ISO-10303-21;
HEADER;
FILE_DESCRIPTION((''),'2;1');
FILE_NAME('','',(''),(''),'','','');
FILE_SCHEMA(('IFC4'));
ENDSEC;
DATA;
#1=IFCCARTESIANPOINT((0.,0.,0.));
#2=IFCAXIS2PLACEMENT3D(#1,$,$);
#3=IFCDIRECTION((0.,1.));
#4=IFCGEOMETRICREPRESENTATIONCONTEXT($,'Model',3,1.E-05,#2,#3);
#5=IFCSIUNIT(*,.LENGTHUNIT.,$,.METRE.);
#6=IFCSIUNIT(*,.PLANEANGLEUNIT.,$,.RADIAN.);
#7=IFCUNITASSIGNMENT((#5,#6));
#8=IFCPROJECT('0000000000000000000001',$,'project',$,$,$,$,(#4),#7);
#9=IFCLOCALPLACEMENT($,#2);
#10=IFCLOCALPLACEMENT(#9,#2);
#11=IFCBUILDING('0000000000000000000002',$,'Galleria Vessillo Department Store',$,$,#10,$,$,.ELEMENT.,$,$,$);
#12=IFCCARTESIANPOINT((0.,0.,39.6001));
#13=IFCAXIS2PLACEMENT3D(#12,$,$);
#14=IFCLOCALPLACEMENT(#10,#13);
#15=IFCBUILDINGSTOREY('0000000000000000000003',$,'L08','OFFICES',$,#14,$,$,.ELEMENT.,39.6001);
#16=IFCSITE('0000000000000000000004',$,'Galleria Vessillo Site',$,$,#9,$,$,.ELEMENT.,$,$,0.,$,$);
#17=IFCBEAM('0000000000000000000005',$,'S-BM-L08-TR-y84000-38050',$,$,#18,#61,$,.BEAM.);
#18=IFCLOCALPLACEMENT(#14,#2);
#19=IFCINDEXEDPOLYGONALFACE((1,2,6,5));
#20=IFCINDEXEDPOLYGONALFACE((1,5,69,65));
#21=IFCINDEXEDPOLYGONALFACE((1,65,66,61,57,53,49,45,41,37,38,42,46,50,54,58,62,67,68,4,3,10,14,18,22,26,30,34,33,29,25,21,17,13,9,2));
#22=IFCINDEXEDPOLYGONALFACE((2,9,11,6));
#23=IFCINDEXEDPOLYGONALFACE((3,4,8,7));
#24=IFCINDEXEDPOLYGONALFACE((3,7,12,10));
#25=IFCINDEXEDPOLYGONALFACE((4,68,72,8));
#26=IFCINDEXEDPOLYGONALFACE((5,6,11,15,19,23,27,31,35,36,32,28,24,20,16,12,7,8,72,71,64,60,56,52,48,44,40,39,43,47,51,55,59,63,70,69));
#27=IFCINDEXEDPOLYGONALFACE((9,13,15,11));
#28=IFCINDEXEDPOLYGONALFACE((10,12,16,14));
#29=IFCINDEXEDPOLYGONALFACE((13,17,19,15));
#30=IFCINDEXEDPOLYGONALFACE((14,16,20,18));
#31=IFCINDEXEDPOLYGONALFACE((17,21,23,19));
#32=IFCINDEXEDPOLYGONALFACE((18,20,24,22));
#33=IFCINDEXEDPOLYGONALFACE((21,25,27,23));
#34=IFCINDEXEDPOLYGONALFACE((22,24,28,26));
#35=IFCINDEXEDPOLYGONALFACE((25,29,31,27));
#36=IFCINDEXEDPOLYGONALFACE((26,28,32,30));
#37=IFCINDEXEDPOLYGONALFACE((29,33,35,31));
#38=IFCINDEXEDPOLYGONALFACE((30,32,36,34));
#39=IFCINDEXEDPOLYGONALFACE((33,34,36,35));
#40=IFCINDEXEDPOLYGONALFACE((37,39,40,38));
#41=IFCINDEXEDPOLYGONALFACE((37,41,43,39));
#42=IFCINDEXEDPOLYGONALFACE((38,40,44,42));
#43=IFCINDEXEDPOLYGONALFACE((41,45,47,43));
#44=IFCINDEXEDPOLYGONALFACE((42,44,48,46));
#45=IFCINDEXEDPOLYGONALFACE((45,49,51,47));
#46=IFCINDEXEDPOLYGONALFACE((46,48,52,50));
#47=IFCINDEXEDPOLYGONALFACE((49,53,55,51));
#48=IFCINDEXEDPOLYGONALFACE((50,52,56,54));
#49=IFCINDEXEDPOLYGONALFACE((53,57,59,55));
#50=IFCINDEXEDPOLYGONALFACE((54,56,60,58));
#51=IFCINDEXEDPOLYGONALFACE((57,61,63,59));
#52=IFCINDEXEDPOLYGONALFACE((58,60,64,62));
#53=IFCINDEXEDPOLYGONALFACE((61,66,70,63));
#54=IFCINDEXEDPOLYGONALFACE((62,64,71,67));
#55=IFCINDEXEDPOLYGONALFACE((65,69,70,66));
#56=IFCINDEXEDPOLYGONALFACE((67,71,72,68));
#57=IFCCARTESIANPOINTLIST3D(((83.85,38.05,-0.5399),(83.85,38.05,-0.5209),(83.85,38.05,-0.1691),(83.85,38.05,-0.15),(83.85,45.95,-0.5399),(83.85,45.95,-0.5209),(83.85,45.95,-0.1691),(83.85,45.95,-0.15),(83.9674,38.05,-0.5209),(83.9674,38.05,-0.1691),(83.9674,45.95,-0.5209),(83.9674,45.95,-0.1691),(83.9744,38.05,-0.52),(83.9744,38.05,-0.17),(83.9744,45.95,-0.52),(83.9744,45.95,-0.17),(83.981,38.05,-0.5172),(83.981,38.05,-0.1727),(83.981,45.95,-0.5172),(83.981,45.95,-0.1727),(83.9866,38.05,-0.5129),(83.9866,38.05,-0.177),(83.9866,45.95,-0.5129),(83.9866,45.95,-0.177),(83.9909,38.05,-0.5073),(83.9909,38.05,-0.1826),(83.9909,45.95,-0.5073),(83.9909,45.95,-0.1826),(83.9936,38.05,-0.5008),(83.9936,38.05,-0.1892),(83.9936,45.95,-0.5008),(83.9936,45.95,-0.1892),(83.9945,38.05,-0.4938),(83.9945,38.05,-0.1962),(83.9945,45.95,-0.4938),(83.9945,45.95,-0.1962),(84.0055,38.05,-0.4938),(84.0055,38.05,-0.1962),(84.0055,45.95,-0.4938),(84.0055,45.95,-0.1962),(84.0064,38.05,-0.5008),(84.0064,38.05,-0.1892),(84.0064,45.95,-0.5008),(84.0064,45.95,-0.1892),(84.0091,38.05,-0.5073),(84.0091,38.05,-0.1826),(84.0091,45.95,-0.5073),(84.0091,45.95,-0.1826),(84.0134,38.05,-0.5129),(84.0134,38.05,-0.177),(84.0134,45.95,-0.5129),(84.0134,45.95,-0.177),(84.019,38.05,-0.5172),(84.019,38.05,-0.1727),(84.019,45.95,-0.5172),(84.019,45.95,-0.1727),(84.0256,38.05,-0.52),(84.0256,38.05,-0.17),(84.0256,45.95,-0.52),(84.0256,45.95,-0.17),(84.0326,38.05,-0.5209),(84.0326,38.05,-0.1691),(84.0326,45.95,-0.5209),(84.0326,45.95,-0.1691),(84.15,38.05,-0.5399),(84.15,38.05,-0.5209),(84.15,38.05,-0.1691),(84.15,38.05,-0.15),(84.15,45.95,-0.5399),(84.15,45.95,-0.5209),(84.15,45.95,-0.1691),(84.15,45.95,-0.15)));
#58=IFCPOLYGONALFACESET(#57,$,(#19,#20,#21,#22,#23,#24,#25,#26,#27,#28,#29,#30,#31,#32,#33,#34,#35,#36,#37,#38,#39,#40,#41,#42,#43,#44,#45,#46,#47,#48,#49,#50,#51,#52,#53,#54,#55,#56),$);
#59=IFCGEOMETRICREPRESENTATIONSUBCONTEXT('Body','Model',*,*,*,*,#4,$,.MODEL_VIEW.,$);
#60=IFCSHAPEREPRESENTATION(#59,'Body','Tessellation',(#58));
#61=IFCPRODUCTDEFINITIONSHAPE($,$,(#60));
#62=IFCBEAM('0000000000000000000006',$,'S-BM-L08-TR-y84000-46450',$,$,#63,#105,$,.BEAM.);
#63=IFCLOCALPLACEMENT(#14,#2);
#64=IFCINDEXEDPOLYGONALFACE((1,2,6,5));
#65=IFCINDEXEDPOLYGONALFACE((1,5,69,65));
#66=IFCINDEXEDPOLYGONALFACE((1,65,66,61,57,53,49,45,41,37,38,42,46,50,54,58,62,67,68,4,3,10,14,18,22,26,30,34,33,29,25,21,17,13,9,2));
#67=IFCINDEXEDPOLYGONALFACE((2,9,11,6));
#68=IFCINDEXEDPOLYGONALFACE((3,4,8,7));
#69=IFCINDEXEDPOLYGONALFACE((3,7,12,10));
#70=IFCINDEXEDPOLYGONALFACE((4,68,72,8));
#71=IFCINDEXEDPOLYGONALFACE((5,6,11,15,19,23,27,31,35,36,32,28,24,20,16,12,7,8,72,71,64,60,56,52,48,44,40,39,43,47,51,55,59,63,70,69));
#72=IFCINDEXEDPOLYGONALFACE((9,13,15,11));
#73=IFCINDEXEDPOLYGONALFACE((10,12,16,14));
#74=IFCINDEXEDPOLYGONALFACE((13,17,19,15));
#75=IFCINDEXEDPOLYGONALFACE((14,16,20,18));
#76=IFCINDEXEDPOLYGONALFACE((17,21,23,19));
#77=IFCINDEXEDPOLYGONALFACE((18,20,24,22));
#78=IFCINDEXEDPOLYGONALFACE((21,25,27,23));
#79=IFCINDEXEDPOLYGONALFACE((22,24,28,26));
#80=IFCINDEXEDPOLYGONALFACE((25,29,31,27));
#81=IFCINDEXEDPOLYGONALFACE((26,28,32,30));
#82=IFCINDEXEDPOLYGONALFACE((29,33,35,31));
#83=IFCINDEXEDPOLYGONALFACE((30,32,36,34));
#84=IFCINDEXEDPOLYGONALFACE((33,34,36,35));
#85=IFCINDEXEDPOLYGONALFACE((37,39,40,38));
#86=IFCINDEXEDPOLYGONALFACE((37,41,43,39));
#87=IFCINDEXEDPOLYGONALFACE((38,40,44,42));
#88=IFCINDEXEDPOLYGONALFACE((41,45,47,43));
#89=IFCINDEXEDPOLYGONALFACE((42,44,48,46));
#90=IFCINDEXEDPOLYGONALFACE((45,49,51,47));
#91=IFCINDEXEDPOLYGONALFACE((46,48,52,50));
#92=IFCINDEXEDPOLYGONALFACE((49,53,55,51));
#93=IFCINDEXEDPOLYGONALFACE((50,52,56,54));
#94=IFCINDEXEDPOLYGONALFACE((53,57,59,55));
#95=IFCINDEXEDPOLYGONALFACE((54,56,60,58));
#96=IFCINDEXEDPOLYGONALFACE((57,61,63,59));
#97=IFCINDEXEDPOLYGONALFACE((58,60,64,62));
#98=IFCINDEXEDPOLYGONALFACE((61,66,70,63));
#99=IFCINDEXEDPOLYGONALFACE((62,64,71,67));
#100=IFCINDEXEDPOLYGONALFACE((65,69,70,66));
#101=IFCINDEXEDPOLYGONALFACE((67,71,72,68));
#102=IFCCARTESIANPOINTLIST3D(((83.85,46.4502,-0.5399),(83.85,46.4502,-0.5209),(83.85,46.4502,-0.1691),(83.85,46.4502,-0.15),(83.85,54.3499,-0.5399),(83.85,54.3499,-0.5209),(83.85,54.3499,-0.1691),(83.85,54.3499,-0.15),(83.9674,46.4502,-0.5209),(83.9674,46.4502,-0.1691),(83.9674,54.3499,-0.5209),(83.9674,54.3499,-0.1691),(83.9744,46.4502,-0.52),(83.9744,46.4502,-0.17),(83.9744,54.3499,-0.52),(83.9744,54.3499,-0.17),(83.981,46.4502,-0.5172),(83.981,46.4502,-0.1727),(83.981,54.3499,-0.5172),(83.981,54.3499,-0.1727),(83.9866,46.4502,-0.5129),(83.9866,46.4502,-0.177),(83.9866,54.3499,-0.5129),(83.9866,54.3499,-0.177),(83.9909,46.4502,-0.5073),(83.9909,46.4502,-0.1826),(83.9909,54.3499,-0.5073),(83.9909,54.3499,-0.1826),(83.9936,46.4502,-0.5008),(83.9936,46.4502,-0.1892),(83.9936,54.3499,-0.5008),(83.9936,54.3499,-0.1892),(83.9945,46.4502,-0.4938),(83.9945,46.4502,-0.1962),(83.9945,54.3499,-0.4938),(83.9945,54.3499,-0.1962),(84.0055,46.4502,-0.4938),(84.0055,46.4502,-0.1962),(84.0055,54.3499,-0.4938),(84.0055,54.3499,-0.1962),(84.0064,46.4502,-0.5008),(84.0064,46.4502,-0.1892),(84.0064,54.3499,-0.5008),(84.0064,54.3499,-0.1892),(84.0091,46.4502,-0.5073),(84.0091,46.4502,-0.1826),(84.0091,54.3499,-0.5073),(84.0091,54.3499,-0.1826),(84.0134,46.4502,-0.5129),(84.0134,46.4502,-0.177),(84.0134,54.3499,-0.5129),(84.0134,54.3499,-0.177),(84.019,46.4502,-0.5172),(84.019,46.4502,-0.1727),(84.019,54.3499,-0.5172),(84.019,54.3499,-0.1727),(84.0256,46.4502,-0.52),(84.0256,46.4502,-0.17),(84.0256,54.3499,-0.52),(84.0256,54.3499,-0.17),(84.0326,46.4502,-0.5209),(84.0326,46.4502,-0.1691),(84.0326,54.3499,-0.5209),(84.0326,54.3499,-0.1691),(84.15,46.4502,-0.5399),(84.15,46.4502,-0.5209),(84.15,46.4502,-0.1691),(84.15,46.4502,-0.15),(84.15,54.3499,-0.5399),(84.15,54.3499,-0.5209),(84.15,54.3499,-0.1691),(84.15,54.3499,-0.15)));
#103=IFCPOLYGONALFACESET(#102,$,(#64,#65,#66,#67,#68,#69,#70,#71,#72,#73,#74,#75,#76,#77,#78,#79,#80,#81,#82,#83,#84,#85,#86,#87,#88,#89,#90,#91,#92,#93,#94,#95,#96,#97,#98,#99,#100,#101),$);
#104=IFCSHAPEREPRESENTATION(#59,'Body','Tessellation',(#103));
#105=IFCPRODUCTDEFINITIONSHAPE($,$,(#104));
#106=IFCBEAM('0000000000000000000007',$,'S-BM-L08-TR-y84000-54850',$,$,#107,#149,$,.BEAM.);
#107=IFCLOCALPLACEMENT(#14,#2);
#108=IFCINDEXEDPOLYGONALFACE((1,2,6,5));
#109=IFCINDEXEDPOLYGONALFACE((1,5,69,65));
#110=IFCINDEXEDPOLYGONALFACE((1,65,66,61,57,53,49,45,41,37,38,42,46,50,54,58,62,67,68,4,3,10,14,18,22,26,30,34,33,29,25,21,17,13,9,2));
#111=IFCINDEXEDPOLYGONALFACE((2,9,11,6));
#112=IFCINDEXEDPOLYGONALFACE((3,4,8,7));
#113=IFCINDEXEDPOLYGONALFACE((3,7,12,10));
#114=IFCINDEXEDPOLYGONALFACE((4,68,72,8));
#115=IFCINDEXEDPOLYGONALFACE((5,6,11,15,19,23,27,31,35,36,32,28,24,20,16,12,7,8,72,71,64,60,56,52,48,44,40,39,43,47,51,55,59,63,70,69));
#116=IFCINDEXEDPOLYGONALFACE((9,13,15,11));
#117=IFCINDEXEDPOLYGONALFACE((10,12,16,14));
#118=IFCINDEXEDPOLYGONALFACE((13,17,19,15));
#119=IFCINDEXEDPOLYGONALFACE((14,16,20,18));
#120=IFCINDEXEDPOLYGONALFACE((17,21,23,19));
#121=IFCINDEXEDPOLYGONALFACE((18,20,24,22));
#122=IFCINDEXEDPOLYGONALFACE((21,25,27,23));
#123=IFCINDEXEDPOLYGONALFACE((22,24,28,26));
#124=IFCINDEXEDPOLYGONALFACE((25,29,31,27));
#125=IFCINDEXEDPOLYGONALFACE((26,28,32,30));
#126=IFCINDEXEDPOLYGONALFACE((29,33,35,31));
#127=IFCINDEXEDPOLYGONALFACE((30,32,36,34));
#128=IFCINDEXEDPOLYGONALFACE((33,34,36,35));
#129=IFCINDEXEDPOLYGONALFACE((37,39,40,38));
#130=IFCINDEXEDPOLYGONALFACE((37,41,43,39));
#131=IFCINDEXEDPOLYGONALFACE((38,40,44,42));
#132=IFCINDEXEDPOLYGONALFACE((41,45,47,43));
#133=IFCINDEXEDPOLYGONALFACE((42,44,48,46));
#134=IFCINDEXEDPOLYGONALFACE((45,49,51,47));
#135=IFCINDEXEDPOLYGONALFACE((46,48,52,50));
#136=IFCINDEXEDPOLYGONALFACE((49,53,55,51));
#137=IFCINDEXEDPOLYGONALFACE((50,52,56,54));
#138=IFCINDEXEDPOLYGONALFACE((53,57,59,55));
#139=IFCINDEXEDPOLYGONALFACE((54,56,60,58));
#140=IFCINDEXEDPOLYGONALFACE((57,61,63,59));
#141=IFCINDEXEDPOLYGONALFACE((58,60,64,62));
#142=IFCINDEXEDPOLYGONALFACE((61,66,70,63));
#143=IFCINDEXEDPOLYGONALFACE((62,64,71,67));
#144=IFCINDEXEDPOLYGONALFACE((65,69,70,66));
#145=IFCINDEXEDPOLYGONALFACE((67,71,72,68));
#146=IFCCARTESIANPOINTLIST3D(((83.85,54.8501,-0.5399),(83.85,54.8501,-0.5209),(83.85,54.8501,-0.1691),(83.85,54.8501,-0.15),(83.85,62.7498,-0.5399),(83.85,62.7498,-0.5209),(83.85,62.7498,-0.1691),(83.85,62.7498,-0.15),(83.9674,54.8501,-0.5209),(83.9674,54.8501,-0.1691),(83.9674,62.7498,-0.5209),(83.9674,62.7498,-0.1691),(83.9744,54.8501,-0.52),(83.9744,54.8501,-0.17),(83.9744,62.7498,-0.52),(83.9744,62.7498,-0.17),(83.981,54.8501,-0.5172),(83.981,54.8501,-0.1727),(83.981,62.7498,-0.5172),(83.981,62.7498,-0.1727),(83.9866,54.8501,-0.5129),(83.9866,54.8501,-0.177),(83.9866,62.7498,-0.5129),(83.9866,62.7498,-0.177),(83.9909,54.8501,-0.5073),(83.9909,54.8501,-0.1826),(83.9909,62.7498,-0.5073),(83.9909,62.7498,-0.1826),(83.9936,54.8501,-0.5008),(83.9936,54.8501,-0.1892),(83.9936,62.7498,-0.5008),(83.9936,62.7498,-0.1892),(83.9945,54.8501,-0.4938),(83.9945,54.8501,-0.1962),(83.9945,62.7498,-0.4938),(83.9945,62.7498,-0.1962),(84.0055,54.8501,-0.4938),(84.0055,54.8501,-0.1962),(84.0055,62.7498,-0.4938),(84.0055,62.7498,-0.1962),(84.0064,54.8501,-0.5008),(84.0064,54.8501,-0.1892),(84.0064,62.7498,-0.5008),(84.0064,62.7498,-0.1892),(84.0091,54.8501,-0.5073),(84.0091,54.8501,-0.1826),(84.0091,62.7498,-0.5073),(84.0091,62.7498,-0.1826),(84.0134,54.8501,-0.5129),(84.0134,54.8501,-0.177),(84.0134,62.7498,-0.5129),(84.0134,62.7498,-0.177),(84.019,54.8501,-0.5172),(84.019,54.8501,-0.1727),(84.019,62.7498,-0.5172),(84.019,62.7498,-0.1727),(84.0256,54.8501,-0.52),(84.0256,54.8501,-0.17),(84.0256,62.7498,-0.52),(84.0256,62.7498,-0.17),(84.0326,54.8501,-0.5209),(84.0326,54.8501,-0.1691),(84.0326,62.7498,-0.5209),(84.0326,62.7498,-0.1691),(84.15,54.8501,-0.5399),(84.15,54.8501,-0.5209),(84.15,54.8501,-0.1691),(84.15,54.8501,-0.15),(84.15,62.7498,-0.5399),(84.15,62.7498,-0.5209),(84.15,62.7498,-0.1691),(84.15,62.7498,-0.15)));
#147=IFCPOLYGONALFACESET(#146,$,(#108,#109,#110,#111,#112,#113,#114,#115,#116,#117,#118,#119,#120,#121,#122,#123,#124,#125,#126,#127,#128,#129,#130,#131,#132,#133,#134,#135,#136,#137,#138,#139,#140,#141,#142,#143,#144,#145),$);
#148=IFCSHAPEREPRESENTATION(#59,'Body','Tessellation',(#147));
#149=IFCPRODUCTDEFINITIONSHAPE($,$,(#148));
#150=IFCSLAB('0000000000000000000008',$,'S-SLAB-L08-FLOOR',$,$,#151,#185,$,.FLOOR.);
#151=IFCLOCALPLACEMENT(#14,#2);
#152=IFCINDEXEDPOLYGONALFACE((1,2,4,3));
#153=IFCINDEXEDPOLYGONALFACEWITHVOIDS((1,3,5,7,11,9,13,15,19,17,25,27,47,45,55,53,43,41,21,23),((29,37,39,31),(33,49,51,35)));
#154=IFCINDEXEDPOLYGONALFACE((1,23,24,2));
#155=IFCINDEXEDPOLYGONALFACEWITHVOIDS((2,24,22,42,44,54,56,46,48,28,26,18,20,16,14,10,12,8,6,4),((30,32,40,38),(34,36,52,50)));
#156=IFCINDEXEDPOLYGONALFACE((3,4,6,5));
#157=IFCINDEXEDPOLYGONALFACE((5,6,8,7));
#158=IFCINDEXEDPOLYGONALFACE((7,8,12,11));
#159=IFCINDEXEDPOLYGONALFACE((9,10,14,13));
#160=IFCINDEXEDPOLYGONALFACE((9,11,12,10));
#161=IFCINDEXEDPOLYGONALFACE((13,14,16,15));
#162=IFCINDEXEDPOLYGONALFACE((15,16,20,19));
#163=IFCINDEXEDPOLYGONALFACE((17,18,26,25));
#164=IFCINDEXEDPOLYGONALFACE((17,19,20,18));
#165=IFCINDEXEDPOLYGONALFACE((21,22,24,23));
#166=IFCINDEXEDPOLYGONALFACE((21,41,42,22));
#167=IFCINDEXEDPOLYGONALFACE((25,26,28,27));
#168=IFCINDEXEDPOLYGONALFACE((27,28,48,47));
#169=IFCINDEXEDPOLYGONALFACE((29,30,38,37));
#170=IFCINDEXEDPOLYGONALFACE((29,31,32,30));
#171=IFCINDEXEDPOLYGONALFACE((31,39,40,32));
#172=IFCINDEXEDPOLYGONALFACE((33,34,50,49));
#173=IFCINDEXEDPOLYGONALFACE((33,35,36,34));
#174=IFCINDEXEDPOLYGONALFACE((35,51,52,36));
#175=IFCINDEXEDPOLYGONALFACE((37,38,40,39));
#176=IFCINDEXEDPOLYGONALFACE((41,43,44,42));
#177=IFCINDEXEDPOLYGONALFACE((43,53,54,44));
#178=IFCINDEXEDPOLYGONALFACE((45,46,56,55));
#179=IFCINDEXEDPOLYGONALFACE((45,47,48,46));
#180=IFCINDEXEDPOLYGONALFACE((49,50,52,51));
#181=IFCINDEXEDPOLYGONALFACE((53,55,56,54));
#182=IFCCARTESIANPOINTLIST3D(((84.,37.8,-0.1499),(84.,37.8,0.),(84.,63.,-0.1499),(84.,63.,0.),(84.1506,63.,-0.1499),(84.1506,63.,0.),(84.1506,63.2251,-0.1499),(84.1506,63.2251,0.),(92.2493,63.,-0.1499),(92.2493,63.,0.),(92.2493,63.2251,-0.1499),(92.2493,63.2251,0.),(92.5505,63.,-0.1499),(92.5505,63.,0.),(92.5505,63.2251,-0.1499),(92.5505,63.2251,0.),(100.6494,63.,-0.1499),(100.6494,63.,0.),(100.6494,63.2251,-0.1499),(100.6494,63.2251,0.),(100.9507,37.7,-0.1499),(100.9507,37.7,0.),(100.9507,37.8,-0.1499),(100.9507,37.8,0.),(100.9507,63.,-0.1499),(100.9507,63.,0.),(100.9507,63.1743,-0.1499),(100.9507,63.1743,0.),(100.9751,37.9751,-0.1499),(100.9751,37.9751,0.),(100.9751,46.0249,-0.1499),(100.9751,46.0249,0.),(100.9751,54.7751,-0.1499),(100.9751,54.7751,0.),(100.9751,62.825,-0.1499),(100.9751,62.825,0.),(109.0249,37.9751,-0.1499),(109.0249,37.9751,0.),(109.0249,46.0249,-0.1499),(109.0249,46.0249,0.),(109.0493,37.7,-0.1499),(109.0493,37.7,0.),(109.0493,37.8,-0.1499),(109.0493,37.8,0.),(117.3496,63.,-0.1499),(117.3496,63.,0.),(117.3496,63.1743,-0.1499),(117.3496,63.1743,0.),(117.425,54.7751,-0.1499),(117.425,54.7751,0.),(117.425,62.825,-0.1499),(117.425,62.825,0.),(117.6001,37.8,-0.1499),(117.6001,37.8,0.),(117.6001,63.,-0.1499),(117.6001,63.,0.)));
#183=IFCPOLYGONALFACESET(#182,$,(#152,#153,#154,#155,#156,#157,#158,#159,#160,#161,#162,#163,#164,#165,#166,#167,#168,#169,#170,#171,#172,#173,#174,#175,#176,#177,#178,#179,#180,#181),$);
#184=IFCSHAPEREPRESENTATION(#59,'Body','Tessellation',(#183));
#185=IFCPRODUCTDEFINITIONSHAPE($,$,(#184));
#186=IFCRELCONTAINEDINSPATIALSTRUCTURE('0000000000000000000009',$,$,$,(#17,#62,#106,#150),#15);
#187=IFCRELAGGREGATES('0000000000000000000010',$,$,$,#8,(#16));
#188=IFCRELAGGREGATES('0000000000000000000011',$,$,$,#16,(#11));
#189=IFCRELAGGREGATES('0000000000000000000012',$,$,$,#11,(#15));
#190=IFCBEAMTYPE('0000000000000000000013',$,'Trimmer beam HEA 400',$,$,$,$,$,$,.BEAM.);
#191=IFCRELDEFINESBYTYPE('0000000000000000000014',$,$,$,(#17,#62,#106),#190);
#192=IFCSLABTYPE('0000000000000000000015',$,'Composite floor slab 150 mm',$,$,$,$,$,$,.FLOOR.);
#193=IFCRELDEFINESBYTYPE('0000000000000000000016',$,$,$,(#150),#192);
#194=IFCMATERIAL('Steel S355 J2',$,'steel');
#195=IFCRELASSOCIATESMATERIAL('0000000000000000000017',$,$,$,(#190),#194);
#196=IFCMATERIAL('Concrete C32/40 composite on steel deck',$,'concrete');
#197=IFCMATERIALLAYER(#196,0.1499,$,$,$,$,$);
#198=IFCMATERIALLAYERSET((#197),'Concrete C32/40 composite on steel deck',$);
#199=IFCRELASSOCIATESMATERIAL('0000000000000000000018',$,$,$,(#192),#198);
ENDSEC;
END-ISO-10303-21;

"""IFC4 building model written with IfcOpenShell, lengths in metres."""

from ifc_helpers import new_model, si_unit, direction, frame, origin, origin_2d, place, context, subcontext, project, spatial, polyline, i_section, outline, extrude, material, layer, layer_set, material_profile, profile_set, type_object, element, save


model = new_model("IFC4")

# Units and contexts
model_context = context("Model", 3, precision=1e-05, world=origin(), true_north=direction((0.0, 1.0)))
body_context = subcontext(model_context, "Body", "Model", "MODEL_VIEW")
ifc_project = project(units=[si_unit("LENGTHUNIT", "METRE"), si_unit("PLANEANGLEUNIT", "RADIAN")], contexts=[model_context])

# Site, building, storey
site_placement = place(None, origin())
site = spatial("IfcSite", under=ifc_project, at=site_placement, Name="Galleria Vessillo Site", CompositionType="ELEMENT", RefElevation=0.0)
building_placement = place(site_placement, origin())
building = spatial("IfcBuilding", under=site, at=building_placement, Name="Galleria Vessillo Department Store", CompositionType="ELEMENT")
storey_placement = place(building_placement, frame((0.0, 0.0, 39.6001)))
storey = spatial("IfcBuildingStorey", under=building, at=storey_placement, Name="L08", Description="OFFICES", CompositionType="ELEMENT", Elevation=39.6001)

# Beams
ifc_material_1 = material(Name="Steel S355 J2", Category="steel")
ifc_material_profile_1 = material_profile(ifc_material_1, i_section(OverallWidth=0.3, OverallDepth=0.3899, WebThickness=0.011, FlangeThickness=0.019, FilletRadius=0.0271, at=origin_2d()), Name="HEA 400")
ifc_profile_set_1 = profile_set([ifc_material_profile_1], Name="Steel S355 J2")
beam_type = type_object("IfcBeamType", Name="Trimmer beam HEA 400", PredefinedType="BEAM", material=ifc_profile_set_1)
beam_placement = place(storey_placement, frame((84.0, 38.05, -0.345), z_axis=(0.0, 1.0, 0.0), x_axis=(-1.0, 0.0, 0.0)))
element("IfcBeam", 1, at=beam_placement, inside=storey, type_object=beam_type, Name="S-BM-L08-TR-y84000-38050", PredefinedType="BEAM", context=body_context, shape_type="SweptSolid", body=[
    extrude(i_section(OverallWidth=0.3, OverallDepth=0.3899, WebThickness=0.011, FlangeThickness=0.019, FilletRadius=0.0271, at=origin_2d()), origin(), (0.0, 0.0, 1.0), 7.8999),
])
for number, where, z_axis, x_axis, name in (
    (2, (84.0, 46.4502, -0.345), (0.0, 1.0, 0.0), (-1.0, 0.0, 0.0), "S-BM-L08-TR-y84000-46450"),
    (3, (84.0, 54.8501, -0.345), (0.0, 1.0, 0.0), (-1.0, 0.0, 0.0), "S-BM-L08-TR-y84000-54850"),
):
    element("IfcBeam", number, at=place(storey_placement, frame(where, z_axis=z_axis, x_axis=x_axis)), inside=storey, type_object=beam_type, Name=name, PredefinedType="BEAM", context=body_context, shape_type="SweptSolid", body=[
        extrude(i_section(OverallWidth=0.3, OverallDepth=0.3899, WebThickness=0.011, FlangeThickness=0.019, FilletRadius=0.0271, at=origin_2d()), origin(), (0.0, 0.0, 1.0), 7.8997),
    ])

# Slab
ifc_material_2 = material(Name="Concrete C32/40 composite on steel deck", Category="concrete")
ifc_layer_1 = layer(ifc_material_2, 0.1499)
ifc_layer_set_1 = layer_set([ifc_layer_1], Name="Concrete C32/40 composite on steel deck")
slab_type_1 = type_object("IfcSlabType", Name="Composite floor slab 150 mm", PredefinedType="FLOOR", material=ifc_layer_set_1)
slab_1_placement = place(storey_placement, frame((0.0, 0.0, -0.1499)))
element("IfcSlab", 4, at=slab_1_placement, inside=storey, type_object=slab_type_1, Name="S-SLAB-L08-FLOOR", PredefinedType="FLOOR", context=body_context, shape_type="SweptSolid", body=[
    extrude(outline(polyline([(100.9507, 37.8), (84.0, 37.8), (84.0, 63.0), (84.1506, 63.0), (84.1506, 63.2251), (92.2493, 63.2251), (92.2493, 63.0), (92.5505, 63.0), (92.5505, 63.2251), (100.6494, 63.2251), (100.6494, 63.0), (100.9507, 63.0), (100.9507, 63.1743), (117.3496, 63.1743), (117.3496, 63.0), (117.6001, 63.0), (117.6001, 37.8), (109.0493, 37.8), (109.0493, 37.7), (100.9507, 37.7), (100.9507, 37.8)]), holes=[polyline([(109.0249, 37.9751), (109.0249, 46.0249), (100.9751, 46.0249), (100.9751, 37.9751), (109.0249, 37.9751)]), polyline([(117.425, 54.7751), (117.425, 62.825), (100.9751, 62.825), (100.9751, 54.7751), (117.425, 54.7751)])]), origin(), (0.0, 0.0, 1.0), 0.1499),
])

save(model, "model.ifc")
